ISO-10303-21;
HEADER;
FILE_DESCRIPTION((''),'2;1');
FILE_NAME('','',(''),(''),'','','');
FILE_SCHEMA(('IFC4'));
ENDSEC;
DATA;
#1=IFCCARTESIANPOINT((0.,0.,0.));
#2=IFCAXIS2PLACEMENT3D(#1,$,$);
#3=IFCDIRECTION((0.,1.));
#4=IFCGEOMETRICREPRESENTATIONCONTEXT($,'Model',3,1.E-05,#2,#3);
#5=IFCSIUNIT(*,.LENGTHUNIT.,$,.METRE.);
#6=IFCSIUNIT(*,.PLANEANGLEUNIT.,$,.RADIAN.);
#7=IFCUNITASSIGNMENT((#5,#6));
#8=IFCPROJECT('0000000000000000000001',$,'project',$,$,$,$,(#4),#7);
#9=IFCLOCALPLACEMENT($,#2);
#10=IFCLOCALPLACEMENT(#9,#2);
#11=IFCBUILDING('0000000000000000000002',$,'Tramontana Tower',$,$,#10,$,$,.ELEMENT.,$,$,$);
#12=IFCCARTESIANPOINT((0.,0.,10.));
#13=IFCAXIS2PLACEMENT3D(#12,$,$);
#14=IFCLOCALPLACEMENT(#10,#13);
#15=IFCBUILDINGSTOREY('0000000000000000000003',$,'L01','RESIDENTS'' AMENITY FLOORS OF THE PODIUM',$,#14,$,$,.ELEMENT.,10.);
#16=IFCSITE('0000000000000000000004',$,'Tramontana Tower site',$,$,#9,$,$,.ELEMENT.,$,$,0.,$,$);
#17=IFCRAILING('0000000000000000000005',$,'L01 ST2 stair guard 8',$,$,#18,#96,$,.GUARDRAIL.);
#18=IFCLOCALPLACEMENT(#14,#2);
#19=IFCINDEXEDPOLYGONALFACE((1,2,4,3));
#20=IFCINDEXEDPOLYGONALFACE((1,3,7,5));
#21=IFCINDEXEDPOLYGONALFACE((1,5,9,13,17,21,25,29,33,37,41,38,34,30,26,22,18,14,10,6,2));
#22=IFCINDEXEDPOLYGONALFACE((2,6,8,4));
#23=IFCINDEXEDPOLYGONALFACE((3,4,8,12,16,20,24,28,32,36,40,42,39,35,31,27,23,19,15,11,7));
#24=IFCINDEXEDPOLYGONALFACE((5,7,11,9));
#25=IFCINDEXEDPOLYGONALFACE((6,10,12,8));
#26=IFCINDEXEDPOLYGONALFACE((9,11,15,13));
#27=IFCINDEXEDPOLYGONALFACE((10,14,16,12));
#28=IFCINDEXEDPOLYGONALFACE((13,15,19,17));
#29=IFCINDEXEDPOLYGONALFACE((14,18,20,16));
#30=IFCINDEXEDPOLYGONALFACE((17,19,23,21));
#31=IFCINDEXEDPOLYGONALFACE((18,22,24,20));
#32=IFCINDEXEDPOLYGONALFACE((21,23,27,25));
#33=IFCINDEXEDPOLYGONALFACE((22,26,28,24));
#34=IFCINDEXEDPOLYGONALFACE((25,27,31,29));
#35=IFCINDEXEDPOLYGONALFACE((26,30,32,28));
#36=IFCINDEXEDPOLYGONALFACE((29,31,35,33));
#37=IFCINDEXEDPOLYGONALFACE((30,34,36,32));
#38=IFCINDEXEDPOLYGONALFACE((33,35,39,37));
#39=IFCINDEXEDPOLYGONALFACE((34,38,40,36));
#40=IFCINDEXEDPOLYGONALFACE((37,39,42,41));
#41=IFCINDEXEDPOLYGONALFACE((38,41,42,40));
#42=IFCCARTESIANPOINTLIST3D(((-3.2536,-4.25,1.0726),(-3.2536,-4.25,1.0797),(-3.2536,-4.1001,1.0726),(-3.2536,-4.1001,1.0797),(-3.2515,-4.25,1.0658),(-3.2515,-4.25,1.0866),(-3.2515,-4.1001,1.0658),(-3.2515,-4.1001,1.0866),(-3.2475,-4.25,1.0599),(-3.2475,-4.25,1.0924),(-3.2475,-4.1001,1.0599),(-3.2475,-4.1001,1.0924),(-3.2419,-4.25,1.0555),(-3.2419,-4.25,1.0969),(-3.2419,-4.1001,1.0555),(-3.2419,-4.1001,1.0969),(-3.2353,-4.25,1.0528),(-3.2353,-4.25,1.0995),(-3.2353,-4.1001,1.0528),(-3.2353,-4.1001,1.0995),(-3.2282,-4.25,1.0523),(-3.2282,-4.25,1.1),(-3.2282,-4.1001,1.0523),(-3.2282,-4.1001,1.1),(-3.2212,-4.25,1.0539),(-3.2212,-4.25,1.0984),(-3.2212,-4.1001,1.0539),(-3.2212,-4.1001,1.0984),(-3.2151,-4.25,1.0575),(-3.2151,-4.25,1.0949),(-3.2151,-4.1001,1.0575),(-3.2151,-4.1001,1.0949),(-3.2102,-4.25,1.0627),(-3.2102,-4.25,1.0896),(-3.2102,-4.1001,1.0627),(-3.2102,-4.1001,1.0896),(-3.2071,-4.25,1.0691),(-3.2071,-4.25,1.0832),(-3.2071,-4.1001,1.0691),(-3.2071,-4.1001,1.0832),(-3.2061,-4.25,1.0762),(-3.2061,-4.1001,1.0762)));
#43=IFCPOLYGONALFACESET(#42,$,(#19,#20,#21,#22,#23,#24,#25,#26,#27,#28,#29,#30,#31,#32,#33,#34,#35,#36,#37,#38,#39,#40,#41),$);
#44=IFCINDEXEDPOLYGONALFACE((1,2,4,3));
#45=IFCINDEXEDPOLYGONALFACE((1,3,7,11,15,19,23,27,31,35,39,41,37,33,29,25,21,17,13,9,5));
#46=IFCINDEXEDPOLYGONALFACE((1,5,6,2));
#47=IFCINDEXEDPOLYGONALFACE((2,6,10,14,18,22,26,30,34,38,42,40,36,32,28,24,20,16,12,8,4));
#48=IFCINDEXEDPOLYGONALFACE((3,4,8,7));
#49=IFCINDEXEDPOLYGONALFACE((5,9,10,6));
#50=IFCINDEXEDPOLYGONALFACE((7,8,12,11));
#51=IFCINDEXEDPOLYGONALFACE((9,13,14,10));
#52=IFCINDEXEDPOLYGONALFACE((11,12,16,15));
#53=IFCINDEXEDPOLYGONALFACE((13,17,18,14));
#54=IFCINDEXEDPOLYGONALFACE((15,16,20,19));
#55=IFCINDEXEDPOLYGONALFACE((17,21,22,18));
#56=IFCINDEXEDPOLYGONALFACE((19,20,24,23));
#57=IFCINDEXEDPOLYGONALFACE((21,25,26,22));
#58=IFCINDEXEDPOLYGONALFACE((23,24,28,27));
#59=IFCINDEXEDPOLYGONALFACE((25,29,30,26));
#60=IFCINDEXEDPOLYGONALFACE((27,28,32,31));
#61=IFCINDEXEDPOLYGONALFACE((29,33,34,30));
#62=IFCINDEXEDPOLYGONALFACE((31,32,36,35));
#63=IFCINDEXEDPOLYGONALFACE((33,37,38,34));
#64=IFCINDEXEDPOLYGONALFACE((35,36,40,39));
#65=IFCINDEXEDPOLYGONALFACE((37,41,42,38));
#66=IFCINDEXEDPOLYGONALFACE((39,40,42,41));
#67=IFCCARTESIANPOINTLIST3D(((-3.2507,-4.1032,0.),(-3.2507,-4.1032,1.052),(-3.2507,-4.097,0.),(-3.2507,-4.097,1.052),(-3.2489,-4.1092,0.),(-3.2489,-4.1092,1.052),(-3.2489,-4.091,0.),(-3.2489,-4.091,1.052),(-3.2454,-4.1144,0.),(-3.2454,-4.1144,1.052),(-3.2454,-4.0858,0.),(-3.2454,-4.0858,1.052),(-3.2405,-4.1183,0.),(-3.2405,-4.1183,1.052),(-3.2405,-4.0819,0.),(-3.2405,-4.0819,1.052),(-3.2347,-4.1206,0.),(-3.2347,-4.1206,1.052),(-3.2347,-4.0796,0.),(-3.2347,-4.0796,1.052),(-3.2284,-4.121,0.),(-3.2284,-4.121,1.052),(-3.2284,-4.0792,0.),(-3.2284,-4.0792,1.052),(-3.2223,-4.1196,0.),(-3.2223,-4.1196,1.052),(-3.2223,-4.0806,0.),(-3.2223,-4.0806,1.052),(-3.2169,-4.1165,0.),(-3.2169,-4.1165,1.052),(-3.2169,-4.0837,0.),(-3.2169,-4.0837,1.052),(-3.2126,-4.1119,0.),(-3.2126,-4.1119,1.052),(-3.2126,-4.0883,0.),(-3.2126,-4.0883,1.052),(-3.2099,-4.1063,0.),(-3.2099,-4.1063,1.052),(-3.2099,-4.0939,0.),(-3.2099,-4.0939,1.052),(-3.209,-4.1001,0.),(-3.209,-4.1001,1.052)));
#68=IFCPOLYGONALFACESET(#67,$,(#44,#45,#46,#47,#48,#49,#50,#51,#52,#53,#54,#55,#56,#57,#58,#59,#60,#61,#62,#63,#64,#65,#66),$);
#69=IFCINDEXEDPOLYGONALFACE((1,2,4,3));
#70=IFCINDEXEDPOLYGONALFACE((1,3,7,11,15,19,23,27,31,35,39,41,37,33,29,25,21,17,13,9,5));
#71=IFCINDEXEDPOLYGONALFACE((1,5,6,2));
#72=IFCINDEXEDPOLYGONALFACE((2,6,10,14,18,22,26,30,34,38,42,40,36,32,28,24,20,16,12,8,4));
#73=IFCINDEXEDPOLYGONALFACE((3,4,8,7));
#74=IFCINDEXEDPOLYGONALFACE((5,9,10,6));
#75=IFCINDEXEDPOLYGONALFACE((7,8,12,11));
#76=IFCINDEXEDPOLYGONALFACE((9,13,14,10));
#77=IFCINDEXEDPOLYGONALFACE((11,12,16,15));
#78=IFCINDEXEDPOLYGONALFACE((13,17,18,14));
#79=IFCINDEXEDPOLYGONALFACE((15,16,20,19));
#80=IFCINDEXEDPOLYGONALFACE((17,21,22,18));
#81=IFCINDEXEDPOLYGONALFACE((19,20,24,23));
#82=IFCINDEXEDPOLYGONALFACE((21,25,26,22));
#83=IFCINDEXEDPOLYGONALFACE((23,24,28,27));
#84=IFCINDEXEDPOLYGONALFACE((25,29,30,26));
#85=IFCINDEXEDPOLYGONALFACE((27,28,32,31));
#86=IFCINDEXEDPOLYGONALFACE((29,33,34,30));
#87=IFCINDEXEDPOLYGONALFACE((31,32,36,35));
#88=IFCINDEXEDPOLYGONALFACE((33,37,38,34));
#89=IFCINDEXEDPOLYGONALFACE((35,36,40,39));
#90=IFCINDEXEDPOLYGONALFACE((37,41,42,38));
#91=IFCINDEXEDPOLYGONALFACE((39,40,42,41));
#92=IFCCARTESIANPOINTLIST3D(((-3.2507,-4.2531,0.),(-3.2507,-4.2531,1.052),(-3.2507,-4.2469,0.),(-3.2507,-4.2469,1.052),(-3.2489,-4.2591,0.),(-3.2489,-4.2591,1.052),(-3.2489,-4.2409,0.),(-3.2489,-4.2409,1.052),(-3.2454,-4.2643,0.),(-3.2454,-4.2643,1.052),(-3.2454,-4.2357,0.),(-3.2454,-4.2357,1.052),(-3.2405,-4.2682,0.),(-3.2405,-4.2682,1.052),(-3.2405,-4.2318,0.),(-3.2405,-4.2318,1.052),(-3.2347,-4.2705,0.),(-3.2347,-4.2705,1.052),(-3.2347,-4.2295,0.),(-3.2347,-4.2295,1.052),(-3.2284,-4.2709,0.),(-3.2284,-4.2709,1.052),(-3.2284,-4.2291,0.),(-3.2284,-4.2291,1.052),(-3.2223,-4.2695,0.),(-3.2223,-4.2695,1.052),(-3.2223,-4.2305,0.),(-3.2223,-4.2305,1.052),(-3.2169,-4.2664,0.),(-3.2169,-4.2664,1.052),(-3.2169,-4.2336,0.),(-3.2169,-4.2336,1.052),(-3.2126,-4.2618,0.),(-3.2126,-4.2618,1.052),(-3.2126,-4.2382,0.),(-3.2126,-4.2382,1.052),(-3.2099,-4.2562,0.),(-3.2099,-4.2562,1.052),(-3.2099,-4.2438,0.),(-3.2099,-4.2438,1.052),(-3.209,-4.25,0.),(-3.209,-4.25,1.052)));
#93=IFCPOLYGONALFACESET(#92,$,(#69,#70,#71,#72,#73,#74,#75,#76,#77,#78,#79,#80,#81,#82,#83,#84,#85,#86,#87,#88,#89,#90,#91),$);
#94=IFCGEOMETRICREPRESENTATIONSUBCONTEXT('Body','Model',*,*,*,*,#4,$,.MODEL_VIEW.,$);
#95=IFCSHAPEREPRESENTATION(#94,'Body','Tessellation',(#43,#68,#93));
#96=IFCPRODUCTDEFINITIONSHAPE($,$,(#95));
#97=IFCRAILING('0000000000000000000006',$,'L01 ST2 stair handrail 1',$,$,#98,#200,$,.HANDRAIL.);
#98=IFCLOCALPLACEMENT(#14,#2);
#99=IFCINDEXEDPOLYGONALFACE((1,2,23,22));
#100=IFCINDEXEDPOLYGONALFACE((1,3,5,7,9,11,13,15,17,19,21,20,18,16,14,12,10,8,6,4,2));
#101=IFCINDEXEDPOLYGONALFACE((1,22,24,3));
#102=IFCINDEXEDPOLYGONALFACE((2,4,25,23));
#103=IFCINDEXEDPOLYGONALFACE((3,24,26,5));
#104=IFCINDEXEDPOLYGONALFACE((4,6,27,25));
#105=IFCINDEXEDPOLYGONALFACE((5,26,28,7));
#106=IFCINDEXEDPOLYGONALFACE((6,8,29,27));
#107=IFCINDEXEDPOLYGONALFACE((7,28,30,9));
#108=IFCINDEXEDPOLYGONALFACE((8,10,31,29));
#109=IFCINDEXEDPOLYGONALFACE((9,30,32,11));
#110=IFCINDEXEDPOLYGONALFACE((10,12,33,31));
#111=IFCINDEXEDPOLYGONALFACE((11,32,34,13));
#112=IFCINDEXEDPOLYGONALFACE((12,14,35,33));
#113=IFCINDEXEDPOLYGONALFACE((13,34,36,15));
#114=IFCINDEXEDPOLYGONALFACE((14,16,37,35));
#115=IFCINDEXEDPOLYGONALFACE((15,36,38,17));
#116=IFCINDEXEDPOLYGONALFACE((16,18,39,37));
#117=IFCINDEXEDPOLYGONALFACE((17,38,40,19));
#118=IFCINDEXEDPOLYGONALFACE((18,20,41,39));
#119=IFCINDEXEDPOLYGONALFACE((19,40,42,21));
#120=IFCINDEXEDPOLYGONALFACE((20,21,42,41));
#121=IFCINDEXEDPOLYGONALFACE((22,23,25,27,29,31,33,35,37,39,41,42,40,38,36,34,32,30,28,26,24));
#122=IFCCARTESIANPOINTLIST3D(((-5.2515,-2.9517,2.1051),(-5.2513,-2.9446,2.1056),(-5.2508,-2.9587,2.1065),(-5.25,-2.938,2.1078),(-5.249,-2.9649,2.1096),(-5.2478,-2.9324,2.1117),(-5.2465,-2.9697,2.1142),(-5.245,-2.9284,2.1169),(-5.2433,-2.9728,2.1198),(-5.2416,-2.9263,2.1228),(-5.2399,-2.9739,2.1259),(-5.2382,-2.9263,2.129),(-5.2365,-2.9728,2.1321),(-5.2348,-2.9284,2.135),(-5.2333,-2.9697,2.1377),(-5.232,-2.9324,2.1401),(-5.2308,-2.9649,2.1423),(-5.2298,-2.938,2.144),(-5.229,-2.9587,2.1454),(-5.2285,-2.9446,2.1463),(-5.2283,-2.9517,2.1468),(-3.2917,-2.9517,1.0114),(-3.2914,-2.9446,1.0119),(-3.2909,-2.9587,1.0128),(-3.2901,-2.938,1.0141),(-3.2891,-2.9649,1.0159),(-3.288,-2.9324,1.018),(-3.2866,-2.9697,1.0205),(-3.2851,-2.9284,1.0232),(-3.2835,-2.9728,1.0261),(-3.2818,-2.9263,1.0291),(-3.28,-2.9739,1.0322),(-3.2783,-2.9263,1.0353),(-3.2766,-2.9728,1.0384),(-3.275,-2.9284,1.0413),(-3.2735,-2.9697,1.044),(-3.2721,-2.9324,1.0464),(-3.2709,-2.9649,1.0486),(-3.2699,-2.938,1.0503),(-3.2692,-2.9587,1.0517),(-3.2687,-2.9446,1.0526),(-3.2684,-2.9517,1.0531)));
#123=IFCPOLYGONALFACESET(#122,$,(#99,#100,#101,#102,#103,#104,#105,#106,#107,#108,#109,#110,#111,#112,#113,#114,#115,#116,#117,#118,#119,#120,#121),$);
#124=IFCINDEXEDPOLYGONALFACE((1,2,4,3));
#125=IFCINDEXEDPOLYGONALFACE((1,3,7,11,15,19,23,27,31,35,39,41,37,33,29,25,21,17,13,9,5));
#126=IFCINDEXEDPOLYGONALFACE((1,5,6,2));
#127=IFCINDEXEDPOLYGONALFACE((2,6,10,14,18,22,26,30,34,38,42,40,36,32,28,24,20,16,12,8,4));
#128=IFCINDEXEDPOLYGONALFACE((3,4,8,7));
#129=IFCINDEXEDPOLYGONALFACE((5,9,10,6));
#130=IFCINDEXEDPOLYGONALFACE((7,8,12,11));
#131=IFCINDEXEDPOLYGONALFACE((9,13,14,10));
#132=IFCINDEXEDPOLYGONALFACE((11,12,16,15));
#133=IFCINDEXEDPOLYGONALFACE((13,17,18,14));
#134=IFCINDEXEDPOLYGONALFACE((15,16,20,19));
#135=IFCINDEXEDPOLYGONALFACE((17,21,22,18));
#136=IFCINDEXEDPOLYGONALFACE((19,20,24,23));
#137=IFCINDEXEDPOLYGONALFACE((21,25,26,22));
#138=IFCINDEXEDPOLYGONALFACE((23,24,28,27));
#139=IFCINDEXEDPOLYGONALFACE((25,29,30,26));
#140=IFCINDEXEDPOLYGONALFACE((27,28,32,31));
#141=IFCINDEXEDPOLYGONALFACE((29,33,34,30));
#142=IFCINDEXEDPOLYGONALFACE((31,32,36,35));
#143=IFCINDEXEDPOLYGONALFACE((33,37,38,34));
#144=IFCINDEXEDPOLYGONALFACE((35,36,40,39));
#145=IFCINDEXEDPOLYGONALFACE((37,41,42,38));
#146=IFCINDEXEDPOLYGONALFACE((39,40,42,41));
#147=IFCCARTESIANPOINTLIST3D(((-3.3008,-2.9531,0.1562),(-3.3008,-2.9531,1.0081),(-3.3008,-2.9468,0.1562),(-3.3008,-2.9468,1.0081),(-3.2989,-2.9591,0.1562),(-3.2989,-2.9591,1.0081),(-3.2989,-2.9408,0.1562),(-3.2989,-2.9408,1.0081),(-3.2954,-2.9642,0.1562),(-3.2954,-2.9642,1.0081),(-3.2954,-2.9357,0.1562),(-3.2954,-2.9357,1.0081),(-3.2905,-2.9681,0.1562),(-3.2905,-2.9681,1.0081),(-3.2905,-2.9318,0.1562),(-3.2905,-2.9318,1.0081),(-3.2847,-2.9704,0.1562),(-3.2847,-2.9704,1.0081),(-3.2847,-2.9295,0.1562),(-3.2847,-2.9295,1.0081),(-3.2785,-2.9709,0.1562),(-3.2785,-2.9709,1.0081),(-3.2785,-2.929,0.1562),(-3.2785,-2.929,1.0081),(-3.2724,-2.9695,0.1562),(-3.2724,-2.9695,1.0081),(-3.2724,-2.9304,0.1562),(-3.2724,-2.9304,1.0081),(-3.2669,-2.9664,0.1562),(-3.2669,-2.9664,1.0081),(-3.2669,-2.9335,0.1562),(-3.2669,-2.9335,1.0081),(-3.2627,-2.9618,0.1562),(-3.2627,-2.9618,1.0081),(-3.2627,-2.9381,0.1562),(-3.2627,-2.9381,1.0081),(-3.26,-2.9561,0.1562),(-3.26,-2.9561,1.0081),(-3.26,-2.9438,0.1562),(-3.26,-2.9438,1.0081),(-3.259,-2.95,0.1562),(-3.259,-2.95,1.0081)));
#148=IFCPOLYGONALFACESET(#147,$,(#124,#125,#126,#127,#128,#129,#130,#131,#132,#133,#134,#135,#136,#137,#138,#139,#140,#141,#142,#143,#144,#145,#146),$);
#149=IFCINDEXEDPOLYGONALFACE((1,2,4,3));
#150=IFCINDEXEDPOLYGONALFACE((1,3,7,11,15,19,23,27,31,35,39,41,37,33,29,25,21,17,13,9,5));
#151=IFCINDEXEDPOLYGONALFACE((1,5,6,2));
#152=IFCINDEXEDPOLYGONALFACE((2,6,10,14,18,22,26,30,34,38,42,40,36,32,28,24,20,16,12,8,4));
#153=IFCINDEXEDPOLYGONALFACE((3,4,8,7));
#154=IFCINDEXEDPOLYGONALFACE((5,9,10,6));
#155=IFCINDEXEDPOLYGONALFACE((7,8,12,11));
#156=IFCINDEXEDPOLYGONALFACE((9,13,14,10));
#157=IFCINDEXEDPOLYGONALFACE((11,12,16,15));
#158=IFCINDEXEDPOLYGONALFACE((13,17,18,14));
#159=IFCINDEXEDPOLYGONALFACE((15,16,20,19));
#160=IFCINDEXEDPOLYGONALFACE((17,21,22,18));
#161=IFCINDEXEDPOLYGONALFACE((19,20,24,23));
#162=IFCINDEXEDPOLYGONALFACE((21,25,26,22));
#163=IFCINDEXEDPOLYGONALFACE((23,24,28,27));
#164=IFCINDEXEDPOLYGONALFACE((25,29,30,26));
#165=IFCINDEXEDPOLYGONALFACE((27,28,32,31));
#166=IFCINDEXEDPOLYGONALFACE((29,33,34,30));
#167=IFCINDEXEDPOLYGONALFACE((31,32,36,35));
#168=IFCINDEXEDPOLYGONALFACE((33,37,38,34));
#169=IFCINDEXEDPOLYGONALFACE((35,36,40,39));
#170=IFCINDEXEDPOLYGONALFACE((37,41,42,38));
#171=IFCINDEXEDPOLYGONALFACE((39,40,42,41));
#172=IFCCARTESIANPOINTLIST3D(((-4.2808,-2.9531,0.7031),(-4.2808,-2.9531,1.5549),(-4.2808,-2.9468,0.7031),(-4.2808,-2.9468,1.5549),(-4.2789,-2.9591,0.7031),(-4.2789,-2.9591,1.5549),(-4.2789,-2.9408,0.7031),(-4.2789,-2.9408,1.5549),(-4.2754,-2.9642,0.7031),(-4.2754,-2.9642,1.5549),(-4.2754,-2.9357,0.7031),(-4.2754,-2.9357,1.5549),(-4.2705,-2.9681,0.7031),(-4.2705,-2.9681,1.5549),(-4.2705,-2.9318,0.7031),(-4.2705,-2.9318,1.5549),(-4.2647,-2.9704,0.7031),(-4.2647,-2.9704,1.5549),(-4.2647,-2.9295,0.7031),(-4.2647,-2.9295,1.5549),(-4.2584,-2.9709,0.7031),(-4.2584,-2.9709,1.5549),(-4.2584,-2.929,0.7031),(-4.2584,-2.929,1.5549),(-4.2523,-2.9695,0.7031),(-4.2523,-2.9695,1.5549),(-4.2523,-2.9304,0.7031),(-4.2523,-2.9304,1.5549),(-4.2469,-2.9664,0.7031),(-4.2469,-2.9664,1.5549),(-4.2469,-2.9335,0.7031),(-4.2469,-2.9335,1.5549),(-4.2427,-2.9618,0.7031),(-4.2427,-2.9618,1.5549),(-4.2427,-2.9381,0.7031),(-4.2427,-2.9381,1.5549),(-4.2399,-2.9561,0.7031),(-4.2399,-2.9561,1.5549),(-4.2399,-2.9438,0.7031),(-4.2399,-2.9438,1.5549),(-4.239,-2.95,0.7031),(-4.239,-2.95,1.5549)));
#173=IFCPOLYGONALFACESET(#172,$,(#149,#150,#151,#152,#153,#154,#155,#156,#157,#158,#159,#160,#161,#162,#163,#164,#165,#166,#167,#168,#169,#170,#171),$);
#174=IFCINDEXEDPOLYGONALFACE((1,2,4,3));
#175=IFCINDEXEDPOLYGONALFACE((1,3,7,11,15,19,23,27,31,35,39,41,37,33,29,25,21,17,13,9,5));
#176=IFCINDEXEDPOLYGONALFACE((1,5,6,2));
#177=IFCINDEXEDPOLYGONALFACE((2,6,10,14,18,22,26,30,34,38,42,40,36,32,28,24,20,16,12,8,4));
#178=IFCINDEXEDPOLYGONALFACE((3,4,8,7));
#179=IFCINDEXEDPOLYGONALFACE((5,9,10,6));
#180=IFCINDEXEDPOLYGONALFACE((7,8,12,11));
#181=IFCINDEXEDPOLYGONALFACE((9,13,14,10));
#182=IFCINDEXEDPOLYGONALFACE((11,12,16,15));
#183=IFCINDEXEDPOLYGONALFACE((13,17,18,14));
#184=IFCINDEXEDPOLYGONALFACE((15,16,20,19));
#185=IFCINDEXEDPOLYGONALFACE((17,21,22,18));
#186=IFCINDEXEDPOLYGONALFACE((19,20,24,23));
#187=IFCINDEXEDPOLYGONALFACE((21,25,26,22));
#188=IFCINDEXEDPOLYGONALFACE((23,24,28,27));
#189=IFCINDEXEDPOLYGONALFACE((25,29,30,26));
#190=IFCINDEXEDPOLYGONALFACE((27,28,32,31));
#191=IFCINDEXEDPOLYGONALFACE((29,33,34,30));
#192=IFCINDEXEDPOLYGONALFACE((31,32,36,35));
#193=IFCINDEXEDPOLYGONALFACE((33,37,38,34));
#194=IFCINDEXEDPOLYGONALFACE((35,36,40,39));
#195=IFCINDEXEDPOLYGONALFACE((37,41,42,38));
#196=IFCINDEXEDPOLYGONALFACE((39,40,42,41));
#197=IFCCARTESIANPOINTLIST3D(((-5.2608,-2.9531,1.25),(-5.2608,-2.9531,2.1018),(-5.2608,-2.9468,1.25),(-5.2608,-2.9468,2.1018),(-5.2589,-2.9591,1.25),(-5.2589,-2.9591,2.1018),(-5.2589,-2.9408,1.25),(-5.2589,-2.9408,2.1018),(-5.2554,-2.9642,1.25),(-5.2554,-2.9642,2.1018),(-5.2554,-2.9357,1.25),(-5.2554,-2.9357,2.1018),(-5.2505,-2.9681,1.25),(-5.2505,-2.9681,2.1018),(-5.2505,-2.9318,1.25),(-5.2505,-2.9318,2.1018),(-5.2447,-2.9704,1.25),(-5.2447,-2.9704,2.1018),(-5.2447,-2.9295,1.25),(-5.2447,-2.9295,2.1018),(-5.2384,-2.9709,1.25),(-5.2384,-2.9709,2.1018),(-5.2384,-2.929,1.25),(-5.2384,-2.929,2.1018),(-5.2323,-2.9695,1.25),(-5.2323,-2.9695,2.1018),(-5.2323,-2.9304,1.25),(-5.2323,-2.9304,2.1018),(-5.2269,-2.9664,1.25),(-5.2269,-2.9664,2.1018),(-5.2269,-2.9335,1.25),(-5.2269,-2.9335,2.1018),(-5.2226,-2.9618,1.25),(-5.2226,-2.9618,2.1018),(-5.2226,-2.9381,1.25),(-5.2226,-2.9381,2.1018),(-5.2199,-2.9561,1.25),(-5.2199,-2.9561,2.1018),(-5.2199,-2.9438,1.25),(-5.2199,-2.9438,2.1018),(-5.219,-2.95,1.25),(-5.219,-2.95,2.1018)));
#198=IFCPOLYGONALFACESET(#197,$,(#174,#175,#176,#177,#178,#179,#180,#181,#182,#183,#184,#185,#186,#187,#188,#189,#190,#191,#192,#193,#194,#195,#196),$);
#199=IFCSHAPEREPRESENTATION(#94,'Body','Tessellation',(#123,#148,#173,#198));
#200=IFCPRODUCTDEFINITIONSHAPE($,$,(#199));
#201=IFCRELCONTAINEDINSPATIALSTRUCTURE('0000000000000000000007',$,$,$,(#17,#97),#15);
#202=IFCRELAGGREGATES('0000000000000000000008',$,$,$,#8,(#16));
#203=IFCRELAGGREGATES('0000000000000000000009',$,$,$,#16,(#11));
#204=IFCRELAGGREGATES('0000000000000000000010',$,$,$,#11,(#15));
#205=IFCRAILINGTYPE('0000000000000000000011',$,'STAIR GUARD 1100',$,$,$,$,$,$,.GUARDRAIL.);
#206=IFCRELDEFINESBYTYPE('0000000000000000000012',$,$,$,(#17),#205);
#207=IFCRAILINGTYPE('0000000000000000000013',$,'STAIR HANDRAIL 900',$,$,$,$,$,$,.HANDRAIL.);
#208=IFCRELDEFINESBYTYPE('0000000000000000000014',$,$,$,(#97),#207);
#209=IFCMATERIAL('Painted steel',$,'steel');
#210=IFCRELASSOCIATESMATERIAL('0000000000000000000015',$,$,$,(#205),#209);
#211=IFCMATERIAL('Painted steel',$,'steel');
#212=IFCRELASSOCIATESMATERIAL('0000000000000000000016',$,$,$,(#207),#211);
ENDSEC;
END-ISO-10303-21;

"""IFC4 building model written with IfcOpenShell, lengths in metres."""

from ifc_helpers import new_model, si_unit, direction, frame, origin, origin_2d, place, context, subcontext, project, spatial, circle, extrude, material, type_object, element, save


model = new_model("IFC4")

# Units and contexts
model_context = context("Model", 3, precision=1e-05, world=origin(), true_north=direction((0.0, 1.0)))
body_context = subcontext(model_context, "Body", "Model", "MODEL_VIEW")
ifc_project = project(units=[si_unit("LENGTHUNIT", "METRE"), si_unit("PLANEANGLEUNIT", "RADIAN")], contexts=[model_context])

# Site, building, storey
site_placement = place(None, origin())
site = spatial("IfcSite", under=ifc_project, at=site_placement, Name="Tramontana Tower site", CompositionType="ELEMENT", RefElevation=0.0)
building_placement = place(site_placement, origin())
building = spatial("IfcBuilding", under=site, at=building_placement, Name="Tramontana Tower", CompositionType="ELEMENT")
storey_placement = place(building_placement, frame((0.0, 0.0, 10.0)))
storey = spatial("IfcBuildingStorey", under=building, at=storey_placement, Name="L01", Description="RESIDENTS' AMENITY FLOORS OF THE PODIUM", CompositionType="ELEMENT", Elevation=10.0)

# Railings
ifc_material_1 = material(Name="Painted steel", Category="steel")
railing_type_1 = type_object("IfcRailingType", Name="STAIR GUARD 1100", PredefinedType="GUARDRAIL", material=ifc_material_1)
for number, where, name in (
    (1, (-3.23, -4.1001, 0.0), "L01 ST2 stair guard 8"),
):
    element("IfcRailing", number, at=place(storey_placement, frame(where)), inside=storey, type_object=railing_type_1, Name=name, PredefinedType="GUARDRAIL", context=body_context, shape_type="SweptSolid", body=[
        extrude(circle(Radius=0.0239, at=origin_2d()), frame((0.0, 0.0, 1.0762), z_axis=(0.0, -1.0, 0.0), x_axis=(1.0, 0.0, 0.0)), (0.0, 0.0, 1.0), 0.1499),
        extrude(circle(Radius=0.021, at=origin_2d()), origin(), (0.0, 0.0, 1.0), 1.052),
        extrude(circle(Radius=0.021, at=origin_2d()), frame((0.0, -0.1499, 0.0)), (0.0, 0.0, 1.0), 1.052),
    ])
ifc_material_2 = material(Name="Painted steel", Category="steel")
railing_type_2 = type_object("IfcRailingType", Name="STAIR HANDRAIL 900", PredefinedType="HANDRAIL", material=ifc_material_2)
railing_1_placement = place(storey_placement, frame((-3.28, -2.95, 0.1562)))
element("IfcRailing", 2, at=railing_1_placement, inside=storey, type_object=railing_type_2, Name="L01 ST2 stair handrail 1", PredefinedType="HANDRAIL", context=body_context, shape_type="SweptSolid", body=[
    extrude(circle(Radius=0.0239, at=origin_2d()), frame((0.0, 0.0, 0.876), z_axis=(-0.873232, 0.0, 0.487304), x_axis=(0.0, -1.0, 0.0)), (0.0, 0.0, 1.0), 2.2444),
    extrude(circle(Radius=0.021, at=origin_2d()), origin(), (0.0, 0.0, 1.0), 0.8518),
    extrude(circle(Radius=0.021, at=origin_2d()), frame((-0.98, 0.0, 0.5469)), (0.0, 0.0, 1.0), 0.8518),
    extrude(circle(Radius=0.021, at=origin_2d()), frame((-1.96, 0.0, 1.0938)), (0.0, 0.0, 1.0), 0.8518),
])

save(model, "model.ifc")
